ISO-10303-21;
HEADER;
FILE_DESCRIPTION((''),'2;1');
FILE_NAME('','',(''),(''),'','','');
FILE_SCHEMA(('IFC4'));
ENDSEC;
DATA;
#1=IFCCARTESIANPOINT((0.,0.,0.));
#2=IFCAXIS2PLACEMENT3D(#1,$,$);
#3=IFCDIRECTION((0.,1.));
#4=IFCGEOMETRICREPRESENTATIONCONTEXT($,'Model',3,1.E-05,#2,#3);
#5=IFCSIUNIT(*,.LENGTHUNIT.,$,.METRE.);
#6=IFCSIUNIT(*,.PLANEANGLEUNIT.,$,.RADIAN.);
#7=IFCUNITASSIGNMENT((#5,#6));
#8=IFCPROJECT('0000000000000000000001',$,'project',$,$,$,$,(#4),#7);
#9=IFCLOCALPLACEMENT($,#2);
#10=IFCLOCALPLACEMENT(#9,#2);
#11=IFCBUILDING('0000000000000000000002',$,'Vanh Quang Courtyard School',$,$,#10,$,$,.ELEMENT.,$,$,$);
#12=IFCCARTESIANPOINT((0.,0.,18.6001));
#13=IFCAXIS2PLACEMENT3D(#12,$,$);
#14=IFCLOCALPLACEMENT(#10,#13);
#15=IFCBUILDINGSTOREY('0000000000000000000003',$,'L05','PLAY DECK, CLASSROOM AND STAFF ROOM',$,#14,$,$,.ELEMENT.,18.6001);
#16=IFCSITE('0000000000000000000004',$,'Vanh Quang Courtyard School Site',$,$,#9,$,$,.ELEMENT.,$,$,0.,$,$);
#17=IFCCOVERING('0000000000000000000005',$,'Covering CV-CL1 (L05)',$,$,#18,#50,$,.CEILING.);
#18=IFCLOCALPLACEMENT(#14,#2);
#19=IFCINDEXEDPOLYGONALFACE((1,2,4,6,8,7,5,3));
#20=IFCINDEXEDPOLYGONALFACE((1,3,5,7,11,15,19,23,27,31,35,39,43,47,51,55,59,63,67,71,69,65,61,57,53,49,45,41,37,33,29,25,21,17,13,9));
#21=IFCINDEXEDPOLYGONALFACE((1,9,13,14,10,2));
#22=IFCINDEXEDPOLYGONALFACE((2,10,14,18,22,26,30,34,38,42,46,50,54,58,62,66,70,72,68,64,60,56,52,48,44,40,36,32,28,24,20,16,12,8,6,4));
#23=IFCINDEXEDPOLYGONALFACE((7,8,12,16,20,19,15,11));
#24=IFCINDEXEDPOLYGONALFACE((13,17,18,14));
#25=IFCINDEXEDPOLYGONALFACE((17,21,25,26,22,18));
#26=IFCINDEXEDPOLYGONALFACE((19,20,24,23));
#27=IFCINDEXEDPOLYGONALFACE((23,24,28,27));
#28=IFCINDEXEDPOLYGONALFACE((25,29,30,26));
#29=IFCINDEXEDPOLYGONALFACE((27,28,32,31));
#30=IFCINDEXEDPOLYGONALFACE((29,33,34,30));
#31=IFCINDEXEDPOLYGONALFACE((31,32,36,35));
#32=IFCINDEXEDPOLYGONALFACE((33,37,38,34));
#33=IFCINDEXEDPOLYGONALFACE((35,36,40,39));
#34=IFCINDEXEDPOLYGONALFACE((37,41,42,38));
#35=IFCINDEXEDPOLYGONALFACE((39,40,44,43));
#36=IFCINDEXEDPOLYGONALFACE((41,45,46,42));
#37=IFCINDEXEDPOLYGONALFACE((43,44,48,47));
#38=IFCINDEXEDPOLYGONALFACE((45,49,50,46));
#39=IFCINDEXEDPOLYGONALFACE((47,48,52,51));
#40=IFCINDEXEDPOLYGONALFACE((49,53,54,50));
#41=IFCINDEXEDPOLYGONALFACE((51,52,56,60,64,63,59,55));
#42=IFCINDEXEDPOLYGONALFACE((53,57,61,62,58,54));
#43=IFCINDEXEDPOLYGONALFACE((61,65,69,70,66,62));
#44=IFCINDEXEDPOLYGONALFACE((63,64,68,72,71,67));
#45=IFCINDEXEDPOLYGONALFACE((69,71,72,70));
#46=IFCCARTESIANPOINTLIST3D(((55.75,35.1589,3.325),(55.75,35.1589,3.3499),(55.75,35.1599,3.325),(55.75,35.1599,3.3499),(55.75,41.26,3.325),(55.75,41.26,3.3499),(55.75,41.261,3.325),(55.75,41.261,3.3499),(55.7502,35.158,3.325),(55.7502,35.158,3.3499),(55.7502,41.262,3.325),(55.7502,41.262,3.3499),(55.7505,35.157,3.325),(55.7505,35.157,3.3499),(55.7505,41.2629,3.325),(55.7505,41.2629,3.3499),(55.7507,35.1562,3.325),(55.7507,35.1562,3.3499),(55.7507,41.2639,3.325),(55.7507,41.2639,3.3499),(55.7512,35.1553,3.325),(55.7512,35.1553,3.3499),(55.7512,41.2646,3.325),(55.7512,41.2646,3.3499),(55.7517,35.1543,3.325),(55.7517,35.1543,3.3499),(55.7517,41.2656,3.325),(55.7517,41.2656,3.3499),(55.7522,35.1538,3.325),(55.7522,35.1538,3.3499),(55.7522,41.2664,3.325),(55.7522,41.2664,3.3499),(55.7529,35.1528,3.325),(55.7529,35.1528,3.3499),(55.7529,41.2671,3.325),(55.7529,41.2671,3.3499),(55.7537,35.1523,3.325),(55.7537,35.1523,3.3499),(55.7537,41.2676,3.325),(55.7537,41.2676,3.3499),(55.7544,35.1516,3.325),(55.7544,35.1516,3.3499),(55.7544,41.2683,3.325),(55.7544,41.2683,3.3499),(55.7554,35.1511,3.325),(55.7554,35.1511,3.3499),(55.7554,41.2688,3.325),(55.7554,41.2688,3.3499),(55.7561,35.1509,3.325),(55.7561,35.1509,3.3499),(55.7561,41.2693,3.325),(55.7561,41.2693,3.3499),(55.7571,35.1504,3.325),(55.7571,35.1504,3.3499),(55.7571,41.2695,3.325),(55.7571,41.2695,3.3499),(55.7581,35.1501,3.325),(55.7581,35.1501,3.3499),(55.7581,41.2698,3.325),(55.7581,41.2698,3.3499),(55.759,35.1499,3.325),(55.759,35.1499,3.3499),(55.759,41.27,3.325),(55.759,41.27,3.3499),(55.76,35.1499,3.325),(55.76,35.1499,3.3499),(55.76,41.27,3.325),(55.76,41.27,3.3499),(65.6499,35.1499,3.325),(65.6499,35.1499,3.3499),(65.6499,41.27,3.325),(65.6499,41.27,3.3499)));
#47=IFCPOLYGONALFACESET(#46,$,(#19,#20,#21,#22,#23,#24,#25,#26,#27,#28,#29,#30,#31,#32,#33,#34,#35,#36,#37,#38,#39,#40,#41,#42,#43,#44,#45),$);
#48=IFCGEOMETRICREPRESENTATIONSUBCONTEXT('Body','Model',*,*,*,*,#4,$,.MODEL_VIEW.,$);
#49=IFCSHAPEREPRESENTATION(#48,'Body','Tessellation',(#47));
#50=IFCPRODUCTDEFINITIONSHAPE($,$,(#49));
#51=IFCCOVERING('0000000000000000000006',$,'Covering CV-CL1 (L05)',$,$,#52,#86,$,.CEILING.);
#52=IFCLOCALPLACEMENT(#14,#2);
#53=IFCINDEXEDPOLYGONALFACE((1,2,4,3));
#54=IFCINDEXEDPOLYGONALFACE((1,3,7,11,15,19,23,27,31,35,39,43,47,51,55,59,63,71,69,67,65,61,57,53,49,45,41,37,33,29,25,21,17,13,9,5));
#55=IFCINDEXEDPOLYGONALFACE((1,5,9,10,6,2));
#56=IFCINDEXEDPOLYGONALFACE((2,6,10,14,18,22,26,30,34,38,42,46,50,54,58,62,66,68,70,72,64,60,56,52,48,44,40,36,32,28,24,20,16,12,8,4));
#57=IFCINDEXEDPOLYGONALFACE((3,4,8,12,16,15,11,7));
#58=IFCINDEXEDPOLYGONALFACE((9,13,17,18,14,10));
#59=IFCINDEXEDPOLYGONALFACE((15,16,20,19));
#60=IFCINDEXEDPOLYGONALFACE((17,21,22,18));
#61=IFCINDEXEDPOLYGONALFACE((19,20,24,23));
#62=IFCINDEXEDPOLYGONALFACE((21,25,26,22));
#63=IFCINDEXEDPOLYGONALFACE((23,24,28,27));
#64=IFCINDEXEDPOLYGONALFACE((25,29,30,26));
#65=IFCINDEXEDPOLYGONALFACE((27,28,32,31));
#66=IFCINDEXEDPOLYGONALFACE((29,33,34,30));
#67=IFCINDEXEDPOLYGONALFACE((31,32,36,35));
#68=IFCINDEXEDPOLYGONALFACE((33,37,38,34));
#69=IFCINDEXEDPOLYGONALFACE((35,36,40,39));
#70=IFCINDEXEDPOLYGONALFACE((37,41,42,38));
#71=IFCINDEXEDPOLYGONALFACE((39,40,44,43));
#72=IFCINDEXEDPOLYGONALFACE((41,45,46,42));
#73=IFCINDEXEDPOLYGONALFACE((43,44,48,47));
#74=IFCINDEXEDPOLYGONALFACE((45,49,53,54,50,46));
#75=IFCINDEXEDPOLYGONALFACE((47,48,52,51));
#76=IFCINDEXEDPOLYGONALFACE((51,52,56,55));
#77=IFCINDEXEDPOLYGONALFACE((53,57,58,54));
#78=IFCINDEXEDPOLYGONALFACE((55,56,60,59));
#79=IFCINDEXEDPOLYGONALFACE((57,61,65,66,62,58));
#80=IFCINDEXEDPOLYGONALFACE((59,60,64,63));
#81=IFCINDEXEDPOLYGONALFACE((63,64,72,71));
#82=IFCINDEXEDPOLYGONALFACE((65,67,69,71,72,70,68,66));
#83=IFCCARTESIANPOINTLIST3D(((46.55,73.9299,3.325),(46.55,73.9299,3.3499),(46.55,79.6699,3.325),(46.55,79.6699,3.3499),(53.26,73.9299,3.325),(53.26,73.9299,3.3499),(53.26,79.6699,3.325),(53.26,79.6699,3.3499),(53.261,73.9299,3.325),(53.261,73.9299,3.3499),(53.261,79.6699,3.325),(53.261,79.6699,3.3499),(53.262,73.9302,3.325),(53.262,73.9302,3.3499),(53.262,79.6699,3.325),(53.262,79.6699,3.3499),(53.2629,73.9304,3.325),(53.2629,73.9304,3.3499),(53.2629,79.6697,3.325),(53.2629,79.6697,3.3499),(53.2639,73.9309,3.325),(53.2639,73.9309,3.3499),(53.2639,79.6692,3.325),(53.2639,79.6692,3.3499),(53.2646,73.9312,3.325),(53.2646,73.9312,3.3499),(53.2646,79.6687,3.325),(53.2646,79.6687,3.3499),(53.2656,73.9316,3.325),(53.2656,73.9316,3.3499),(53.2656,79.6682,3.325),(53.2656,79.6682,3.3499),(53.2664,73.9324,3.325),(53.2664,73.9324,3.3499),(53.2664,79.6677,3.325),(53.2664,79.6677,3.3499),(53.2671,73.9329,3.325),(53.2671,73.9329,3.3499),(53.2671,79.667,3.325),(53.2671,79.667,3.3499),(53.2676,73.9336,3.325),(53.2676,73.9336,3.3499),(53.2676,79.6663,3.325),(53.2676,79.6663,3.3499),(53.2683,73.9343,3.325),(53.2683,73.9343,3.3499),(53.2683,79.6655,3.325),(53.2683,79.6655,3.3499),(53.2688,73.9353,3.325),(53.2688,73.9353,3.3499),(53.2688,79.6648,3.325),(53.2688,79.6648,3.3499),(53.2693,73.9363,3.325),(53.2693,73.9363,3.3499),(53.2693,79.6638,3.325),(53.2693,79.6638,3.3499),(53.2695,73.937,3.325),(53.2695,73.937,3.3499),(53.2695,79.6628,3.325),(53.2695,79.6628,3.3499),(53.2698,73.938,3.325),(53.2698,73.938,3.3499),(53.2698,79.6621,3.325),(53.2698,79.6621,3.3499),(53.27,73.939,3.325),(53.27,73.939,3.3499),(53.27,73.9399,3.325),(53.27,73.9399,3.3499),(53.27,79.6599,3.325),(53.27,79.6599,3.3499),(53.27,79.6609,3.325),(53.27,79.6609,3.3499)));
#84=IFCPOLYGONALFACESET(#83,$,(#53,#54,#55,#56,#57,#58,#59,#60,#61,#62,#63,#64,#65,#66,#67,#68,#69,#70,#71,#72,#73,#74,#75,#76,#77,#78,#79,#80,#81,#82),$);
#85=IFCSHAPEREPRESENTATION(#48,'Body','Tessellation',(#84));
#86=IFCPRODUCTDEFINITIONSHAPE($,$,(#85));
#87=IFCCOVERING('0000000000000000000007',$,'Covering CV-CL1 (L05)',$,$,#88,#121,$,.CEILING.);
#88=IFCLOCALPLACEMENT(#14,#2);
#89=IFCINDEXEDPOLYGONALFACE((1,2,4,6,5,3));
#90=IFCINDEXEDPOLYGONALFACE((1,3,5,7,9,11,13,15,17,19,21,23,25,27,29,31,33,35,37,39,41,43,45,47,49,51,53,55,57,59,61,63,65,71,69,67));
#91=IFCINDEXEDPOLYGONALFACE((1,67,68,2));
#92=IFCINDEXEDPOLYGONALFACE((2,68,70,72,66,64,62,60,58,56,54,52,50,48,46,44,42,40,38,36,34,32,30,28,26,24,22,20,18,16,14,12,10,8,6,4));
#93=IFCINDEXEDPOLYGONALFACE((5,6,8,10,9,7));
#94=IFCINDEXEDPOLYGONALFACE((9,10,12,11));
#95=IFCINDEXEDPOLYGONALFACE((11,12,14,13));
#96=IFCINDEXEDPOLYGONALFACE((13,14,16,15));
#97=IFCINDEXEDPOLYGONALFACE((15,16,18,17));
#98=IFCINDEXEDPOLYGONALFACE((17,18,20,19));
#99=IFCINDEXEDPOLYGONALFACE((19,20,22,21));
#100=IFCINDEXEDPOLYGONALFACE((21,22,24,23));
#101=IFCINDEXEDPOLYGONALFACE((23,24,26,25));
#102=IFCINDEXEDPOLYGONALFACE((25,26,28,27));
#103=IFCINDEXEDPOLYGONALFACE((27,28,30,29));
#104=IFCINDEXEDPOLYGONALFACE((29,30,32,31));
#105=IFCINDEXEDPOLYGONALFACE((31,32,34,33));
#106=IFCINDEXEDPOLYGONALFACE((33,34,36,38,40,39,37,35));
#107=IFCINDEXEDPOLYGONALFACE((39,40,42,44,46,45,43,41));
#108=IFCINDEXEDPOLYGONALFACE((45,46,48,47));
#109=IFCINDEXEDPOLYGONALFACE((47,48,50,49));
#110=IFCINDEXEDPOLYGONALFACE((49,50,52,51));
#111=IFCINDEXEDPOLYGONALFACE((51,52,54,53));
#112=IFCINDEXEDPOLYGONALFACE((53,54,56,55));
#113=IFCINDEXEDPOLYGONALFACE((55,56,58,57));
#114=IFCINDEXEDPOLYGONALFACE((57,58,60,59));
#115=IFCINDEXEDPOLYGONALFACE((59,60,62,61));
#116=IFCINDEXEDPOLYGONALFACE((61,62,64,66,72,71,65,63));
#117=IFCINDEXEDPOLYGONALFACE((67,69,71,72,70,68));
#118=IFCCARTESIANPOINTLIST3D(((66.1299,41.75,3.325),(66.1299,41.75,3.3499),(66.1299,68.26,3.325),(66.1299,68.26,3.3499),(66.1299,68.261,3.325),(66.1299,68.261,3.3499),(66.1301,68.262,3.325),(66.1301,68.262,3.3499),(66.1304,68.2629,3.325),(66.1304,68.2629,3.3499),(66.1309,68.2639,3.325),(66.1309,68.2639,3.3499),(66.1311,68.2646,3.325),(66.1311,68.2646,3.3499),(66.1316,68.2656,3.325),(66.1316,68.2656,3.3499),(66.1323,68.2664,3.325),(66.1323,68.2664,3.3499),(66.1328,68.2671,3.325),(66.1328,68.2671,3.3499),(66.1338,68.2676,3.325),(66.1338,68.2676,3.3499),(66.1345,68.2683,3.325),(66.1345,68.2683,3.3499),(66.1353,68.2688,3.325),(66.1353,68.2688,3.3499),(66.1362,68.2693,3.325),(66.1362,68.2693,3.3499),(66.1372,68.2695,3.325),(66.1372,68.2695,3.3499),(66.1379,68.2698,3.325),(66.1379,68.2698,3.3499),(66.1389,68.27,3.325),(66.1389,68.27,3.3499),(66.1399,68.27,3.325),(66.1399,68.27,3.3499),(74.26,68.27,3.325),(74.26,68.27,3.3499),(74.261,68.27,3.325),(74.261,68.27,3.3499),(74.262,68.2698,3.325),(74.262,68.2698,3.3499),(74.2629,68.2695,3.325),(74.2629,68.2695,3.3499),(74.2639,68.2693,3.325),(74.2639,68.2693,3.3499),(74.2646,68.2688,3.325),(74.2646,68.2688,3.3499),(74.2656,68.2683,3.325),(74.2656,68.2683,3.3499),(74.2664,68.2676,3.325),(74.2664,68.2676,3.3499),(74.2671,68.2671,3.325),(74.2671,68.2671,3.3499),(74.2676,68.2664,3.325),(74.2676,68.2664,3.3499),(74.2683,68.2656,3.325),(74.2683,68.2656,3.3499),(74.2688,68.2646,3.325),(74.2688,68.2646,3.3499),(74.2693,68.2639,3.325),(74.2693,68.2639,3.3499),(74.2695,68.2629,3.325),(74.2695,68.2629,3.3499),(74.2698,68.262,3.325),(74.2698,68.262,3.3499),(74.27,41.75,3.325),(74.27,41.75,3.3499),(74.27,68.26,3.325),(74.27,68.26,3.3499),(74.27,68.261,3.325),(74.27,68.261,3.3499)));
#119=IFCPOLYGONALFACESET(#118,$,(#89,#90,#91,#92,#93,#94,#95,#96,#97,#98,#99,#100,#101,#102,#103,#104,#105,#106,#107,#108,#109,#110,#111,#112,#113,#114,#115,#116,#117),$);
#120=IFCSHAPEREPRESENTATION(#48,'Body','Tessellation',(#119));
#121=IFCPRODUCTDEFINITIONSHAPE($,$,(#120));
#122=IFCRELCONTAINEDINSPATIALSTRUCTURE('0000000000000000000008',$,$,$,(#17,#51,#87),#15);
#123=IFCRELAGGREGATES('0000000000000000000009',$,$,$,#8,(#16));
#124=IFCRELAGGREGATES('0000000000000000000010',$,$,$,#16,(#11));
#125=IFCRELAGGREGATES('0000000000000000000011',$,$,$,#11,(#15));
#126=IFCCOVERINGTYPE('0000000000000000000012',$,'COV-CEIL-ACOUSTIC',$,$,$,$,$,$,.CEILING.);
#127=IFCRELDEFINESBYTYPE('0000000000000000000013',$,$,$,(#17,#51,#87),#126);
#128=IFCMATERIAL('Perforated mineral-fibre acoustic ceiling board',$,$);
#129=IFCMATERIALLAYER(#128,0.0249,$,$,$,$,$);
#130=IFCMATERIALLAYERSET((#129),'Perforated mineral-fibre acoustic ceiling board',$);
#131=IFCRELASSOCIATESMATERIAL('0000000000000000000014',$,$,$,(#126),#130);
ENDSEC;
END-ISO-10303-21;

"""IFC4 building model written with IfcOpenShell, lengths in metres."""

from ifc_helpers import new_model, si_unit, direction, frame, origin, place, context, subcontext, project, spatial, polyline, outline, extrude, material, layer, layer_set, type_object, element, save


model = new_model("IFC4")

# Units and contexts
model_context = context("Model", 3, precision=1e-05, world=origin(), true_north=direction((0.0, 1.0)))
body_context = subcontext(model_context, "Body", "Model", "MODEL_VIEW")
ifc_project = project(units=[si_unit("LENGTHUNIT", "METRE"), si_unit("PLANEANGLEUNIT", "RADIAN")], contexts=[model_context])

# Site, building, storey
site_placement = place(None, origin())
site = spatial("IfcSite", under=ifc_project, at=site_placement, Name="Vanh Quang Courtyard School Site", CompositionType="ELEMENT", RefElevation=0.0)
building_placement = place(site_placement, origin())
building = spatial("IfcBuilding", under=site, at=building_placement, Name="Vanh Quang Courtyard School", CompositionType="ELEMENT")
storey_placement = place(building_placement, frame((0.0, 0.0, 18.6001)))
storey = spatial("IfcBuildingStorey", under=building, at=storey_placement, Name="L05", Description="PLAY DECK, CLASSROOM AND STAFF ROOM", CompositionType="ELEMENT", Elevation=18.6001)

# Coverings
ifc_material_1 = material(Name="Perforated mineral-fibre acoustic ceiling board")
ifc_layer_1 = layer(ifc_material_1, 0.0249)
ifc_layer_set_1 = layer_set([ifc_layer_1], Name="Perforated mineral-fibre acoustic ceiling board")
covering_type_1 = type_object("IfcCoveringType", Name="COV-CEIL-ACOUSTIC", PredefinedType="CEILING", material=ifc_layer_set_1)
covering_1_placement = place(storey_placement, frame((0.0, 0.0, 3.325)))
element("IfcCovering", 1, at=covering_1_placement, inside=storey, type_object=covering_type_1, Name="Covering CV-CL1 (L05)", PredefinedType="CEILING", context=body_context, shape_type="SweptSolid", body=[
    extrude(outline(polyline([(55.76, 35.1499), (55.759, 35.1499), (55.7581, 35.1501), (55.7571, 35.1504), (55.7561, 35.1509), (55.7554, 35.1511), (55.7544, 35.1516), (55.7537, 35.1523), (55.7529, 35.1528), (55.7522, 35.1538), (55.7517, 35.1543), (55.7512, 35.1553), (55.7507, 35.1562), (55.7505, 35.157), (55.7502, 35.158), (55.75, 35.1589), (55.75, 35.1599), (55.75, 41.26), (55.75, 41.261), (55.7502, 41.262), (55.7505, 41.2629), (55.7507, 41.2639), (55.7512, 41.2646), (55.7517, 41.2656), (55.7522, 41.2664), (55.7529, 41.2671), (55.7537, 41.2676), (55.7544, 41.2683), (55.7554, 41.2688), (55.7561, 41.2693), (55.7571, 41.2695), (55.7581, 41.2698), (55.759, 41.27), (55.76, 41.27), (65.6499, 41.27), (65.6499, 35.1499), (55.76, 35.1499)])), origin(), (0.0, 0.0, 1.0), 0.0249),
])
covering_2_placement = place(storey_placement, frame((0.0, 0.0, 3.325)))
element("IfcCovering", 2, at=covering_2_placement, inside=storey, type_object=covering_type_1, Name="Covering CV-CL1 (L05)", PredefinedType="CEILING", context=body_context, shape_type="SweptSolid", body=[
    extrude(outline(polyline([(53.27, 73.9399), (53.27, 73.939), (53.2698, 73.938), (53.2695, 73.937), (53.2693, 73.9363), (53.2688, 73.9353), (53.2683, 73.9343), (53.2676, 73.9336), (53.2671, 73.9329), (53.2664, 73.9324), (53.2656, 73.9316), (53.2646, 73.9312), (53.2639, 73.9309), (53.2629, 73.9304), (53.262, 73.9302), (53.261, 73.9299), (53.26, 73.9299), (46.55, 73.9299), (46.55, 79.6699), (53.26, 79.6699), (53.261, 79.6699), (53.262, 79.6699), (53.2629, 79.6697), (53.2639, 79.6692), (53.2646, 79.6687), (53.2656, 79.6682), (53.2664, 79.6677), (53.2671, 79.667), (53.2676, 79.6663), (53.2683, 79.6655), (53.2688, 79.6648), (53.2693, 79.6638), (53.2695, 79.6628), (53.2698, 79.6621), (53.27, 79.6609), (53.27, 79.6599), (53.27, 73.9399)])), origin(), (0.0, 0.0, 1.0), 0.0249),
])
covering_3_placement = place(storey_placement, frame((0.0, 0.0, 3.325)))
element("IfcCovering", 3, at=covering_3_placement, inside=storey, type_object=covering_type_1, Name="Covering CV-CL1 (L05)", PredefinedType="CEILING", context=body_context, shape_type="SweptSolid", body=[
    extrude(outline(polyline([(66.1299, 68.26), (66.1299, 68.261), (66.1301, 68.262), (66.1304, 68.2629), (66.1309, 68.2639), (66.1311, 68.2646), (66.1316, 68.2656), (66.1323, 68.2664), (66.1328, 68.2671), (66.1338, 68.2676), (66.1345, 68.2683), (66.1353, 68.2688), (66.1362, 68.2693), (66.1372, 68.2695), (66.1379, 68.2698), (66.1389, 68.27), (66.1399, 68.27), (74.26, 68.27), (74.261, 68.27), (74.262, 68.2698), (74.2629, 68.2695), (74.2639, 68.2693), (74.2646, 68.2688), (74.2656, 68.2683), (74.2664, 68.2676), (74.2671, 68.2671), (74.2676, 68.2664), (74.2683, 68.2656), (74.2688, 68.2646), (74.2693, 68.2639), (74.2695, 68.2629), (74.2698, 68.262), (74.27, 68.261), (74.27, 68.26), (74.27, 41.75), (66.1299, 41.75), (66.1299, 68.26)])), origin(), (0.0, 0.0, 1.0), 0.0249),
])

save(model, "model.ifc")
